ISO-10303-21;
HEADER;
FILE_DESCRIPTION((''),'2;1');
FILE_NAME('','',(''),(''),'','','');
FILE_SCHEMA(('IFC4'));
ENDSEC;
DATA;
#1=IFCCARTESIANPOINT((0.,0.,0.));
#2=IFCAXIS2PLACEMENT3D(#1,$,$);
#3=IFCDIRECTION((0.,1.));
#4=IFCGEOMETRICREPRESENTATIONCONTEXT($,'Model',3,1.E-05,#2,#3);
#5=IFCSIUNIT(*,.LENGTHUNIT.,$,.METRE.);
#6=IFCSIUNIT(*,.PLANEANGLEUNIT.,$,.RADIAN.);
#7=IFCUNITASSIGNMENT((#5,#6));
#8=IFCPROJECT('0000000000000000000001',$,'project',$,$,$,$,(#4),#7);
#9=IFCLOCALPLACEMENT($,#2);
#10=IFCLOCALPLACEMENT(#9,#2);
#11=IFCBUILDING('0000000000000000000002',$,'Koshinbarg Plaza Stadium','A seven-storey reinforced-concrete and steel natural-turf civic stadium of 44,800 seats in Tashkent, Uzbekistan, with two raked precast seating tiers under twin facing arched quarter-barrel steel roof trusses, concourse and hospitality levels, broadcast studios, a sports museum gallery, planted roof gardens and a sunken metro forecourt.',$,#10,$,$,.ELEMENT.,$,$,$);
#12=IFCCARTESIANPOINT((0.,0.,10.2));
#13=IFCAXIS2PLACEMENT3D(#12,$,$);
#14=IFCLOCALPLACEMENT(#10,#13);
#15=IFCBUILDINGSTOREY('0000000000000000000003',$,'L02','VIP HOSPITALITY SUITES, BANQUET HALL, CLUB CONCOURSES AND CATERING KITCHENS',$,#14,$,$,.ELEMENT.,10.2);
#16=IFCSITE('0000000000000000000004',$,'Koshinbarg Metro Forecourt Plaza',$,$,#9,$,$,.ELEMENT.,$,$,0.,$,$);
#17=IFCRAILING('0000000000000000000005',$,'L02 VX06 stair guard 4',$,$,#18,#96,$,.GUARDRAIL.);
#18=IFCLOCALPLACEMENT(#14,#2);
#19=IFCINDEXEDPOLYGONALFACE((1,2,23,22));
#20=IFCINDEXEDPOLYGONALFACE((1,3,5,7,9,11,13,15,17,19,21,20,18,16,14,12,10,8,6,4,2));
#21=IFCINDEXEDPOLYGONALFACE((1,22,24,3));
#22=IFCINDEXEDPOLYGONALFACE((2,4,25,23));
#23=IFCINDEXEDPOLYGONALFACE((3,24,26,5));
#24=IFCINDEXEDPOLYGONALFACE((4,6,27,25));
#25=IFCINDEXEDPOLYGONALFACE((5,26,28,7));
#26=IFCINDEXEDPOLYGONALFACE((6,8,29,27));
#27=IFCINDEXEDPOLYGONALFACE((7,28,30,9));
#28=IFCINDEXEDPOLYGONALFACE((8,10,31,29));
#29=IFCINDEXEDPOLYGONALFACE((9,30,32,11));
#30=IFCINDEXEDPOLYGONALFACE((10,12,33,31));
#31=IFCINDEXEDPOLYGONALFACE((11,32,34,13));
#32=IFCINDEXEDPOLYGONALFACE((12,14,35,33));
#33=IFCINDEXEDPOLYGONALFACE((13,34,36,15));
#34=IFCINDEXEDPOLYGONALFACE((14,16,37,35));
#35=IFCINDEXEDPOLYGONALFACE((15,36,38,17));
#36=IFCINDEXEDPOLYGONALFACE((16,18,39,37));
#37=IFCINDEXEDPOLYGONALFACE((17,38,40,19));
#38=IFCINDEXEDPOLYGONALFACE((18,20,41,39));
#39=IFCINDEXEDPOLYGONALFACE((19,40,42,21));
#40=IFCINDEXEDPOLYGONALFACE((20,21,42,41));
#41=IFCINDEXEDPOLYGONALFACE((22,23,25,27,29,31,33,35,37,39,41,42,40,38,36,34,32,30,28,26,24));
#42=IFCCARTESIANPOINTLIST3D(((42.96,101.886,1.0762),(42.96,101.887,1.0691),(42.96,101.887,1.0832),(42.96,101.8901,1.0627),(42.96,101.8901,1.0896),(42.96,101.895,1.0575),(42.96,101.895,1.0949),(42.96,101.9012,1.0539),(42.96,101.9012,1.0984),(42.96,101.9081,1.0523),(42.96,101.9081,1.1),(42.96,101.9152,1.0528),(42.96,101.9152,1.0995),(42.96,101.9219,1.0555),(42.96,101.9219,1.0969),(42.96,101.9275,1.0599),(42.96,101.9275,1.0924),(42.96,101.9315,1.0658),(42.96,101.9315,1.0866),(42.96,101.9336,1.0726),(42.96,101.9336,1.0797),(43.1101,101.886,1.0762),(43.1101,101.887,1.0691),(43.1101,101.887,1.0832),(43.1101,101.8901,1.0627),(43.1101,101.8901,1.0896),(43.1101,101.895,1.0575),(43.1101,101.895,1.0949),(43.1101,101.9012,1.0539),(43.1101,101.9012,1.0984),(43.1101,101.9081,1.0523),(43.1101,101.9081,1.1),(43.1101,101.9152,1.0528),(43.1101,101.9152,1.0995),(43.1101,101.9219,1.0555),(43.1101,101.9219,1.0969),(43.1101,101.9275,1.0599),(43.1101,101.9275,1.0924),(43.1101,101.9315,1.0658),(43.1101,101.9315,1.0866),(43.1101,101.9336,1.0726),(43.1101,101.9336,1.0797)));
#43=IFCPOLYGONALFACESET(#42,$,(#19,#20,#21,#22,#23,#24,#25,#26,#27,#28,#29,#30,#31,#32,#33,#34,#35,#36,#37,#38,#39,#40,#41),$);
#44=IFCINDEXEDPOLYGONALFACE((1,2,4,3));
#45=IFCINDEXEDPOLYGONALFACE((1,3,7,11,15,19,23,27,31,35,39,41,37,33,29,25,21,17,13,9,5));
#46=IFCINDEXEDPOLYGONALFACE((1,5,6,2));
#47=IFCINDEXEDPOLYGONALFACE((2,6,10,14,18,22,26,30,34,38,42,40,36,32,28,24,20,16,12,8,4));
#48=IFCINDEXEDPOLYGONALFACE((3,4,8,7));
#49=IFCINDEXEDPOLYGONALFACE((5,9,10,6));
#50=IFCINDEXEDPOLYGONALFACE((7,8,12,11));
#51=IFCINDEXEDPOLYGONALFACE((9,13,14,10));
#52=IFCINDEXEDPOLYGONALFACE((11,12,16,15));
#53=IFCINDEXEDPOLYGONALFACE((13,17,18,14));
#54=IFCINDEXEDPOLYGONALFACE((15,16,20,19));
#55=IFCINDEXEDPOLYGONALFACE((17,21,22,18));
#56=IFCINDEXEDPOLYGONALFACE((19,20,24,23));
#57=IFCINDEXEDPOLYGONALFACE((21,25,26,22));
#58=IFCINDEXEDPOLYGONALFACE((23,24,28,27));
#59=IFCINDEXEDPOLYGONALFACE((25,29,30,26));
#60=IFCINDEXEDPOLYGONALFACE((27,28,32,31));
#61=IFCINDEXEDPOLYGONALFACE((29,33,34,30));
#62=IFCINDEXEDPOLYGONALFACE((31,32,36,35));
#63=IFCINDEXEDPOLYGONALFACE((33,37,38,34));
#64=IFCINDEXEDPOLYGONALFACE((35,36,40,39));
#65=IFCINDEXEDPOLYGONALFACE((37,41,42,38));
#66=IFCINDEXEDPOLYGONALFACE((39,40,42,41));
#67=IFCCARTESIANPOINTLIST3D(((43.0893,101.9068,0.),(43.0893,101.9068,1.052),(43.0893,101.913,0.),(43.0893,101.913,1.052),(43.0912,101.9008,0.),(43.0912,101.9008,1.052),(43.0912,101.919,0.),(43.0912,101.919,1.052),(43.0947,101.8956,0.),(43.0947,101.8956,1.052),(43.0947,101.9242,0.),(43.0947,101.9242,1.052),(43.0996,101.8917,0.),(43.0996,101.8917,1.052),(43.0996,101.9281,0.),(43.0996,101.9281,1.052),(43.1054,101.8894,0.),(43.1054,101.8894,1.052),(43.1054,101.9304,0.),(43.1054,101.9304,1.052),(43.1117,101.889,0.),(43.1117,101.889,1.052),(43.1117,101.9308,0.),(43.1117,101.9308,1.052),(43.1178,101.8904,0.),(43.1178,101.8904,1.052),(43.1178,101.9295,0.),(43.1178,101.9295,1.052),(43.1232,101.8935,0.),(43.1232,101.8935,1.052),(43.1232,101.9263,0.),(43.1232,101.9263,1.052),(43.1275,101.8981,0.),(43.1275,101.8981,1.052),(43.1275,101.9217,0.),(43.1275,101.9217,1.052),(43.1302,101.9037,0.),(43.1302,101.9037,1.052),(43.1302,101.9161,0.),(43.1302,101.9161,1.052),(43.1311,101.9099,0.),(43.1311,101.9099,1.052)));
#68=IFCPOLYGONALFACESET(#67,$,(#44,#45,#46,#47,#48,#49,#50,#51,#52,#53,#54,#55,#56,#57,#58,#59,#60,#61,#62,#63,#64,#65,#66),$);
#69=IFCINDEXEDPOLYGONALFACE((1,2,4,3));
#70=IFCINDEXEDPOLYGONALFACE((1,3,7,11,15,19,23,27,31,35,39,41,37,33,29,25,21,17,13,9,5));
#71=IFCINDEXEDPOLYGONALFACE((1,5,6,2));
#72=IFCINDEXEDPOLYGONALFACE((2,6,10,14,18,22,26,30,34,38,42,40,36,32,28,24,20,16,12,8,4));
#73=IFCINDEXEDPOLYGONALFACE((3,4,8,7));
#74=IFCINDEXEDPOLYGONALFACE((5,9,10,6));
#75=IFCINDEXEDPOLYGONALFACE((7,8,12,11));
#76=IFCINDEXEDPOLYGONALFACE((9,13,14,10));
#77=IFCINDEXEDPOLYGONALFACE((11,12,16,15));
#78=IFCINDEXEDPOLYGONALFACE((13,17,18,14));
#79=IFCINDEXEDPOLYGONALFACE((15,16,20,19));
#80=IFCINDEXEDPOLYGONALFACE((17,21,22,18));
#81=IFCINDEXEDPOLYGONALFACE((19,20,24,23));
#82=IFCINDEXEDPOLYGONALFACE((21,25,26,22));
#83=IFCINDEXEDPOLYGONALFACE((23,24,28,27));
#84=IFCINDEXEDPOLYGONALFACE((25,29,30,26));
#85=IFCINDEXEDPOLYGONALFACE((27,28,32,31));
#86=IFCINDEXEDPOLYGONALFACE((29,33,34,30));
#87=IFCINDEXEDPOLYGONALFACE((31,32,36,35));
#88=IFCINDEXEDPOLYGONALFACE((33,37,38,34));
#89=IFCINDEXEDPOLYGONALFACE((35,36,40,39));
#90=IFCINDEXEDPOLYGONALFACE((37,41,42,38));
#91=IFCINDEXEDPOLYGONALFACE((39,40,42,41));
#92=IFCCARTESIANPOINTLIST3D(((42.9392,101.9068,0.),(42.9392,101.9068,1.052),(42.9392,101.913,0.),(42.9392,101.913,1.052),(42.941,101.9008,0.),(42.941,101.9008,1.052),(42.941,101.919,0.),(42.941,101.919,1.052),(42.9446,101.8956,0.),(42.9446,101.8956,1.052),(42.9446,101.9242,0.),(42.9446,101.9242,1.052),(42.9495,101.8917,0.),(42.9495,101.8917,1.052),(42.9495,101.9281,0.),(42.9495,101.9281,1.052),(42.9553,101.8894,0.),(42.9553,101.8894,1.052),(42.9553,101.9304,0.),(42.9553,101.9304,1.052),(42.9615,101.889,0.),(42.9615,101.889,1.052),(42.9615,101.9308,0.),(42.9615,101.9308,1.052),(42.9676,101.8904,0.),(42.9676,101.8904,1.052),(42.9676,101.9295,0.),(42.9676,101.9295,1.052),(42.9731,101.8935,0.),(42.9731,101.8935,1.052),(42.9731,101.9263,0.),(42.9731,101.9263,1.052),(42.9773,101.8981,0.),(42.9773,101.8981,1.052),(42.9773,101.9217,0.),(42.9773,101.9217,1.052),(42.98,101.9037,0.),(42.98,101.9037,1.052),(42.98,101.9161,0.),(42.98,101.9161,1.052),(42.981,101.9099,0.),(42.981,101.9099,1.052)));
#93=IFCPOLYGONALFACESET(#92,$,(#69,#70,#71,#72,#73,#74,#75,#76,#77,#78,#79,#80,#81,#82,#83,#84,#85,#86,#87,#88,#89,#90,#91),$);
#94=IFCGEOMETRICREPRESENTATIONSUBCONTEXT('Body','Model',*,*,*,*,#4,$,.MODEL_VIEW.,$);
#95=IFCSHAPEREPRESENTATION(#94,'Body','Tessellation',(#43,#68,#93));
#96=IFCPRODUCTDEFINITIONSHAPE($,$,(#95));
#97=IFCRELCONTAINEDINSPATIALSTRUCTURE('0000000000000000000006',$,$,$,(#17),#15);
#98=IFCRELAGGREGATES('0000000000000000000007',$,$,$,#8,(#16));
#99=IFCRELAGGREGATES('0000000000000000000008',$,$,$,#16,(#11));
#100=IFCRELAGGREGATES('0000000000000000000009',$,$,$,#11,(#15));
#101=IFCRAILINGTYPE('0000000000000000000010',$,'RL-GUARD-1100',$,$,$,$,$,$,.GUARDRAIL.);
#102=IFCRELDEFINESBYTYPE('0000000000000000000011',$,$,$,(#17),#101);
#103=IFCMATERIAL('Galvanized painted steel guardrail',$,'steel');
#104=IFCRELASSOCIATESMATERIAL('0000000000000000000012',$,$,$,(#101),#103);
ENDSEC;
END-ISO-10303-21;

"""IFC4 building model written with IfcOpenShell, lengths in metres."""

from ifc_helpers import new_model, si_unit, direction, frame, origin, origin_2d, place, context, subcontext, project, spatial, circle, extrude, material, type_object, element, save


model = new_model("IFC4")

# Units and contexts
model_context = context("Model", 3, precision=1e-05, world=origin(), true_north=direction((0.0, 1.0)))
body_context = subcontext(model_context, "Body", "Model", "MODEL_VIEW")
ifc_project = project(units=[si_unit("LENGTHUNIT", "METRE"), si_unit("PLANEANGLEUNIT", "RADIAN")], contexts=[model_context])

# Site, building, storey
site_placement = place(None, origin())
site = spatial("IfcSite", under=ifc_project, at=site_placement, Name="Koshinbarg Metro Forecourt Plaza", CompositionType="ELEMENT", RefElevation=0.0)
building_placement = place(site_placement, origin())
building = spatial("IfcBuilding", under=site, at=building_placement, Name="Koshinbarg Plaza Stadium", Description="A seven-storey reinforced-concrete and steel natural-turf civic stadium of 44,800 seats in Tashkent, Uzbekistan, with two raked precast seating tiers under twin facing arched quarter-barrel steel roof trusses, concourse and hospitality levels, broadcast studios, a sports museum gallery, planted roof gardens and a sunken metro forecourt.", CompositionType="ELEMENT")
storey_placement = place(building_placement, frame((0.0, 0.0, 10.2)))
storey = spatial("IfcBuildingStorey", under=building, at=storey_placement, Name="L02", Description="VIP HOSPITALITY SUITES, BANQUET HALL, CLUB CONCOURSES AND CATERING KITCHENS", CompositionType="ELEMENT", Elevation=10.2)

# Railing
ifc_material_1 = material(Name="Galvanized painted steel guardrail", Category="steel")
railing_type_1 = type_object("IfcRailingType", Name="RL-GUARD-1100", PredefinedType="GUARDRAIL", material=ifc_material_1)
railing_1_placement = place(storey_placement, frame((43.1101, 101.9099, 0.0)))
element("IfcRailing", 1, at=railing_1_placement, inside=storey, type_object=railing_type_1, Name="L02 VX06 stair guard 4", PredefinedType="GUARDRAIL", context=body_context, shape_type="SweptSolid", body=[
    extrude(circle(Radius=0.0239, at=origin_2d()), frame((0.0, 0.0, 1.0762), z_axis=(-1.0, 0.0, 0.0), x_axis=(0.0, -1.0, 0.0)), (0.0, 0.0, 1.0), 0.1501),
    extrude(circle(Radius=0.021, at=origin_2d()), origin(), (0.0, 0.0, 1.0), 1.052),
    extrude(circle(Radius=0.021, at=origin_2d()), frame((-0.1501, 0.0, 0.0)), (0.0, 0.0, 1.0), 1.052),
])

save(model, "model.ifc")
